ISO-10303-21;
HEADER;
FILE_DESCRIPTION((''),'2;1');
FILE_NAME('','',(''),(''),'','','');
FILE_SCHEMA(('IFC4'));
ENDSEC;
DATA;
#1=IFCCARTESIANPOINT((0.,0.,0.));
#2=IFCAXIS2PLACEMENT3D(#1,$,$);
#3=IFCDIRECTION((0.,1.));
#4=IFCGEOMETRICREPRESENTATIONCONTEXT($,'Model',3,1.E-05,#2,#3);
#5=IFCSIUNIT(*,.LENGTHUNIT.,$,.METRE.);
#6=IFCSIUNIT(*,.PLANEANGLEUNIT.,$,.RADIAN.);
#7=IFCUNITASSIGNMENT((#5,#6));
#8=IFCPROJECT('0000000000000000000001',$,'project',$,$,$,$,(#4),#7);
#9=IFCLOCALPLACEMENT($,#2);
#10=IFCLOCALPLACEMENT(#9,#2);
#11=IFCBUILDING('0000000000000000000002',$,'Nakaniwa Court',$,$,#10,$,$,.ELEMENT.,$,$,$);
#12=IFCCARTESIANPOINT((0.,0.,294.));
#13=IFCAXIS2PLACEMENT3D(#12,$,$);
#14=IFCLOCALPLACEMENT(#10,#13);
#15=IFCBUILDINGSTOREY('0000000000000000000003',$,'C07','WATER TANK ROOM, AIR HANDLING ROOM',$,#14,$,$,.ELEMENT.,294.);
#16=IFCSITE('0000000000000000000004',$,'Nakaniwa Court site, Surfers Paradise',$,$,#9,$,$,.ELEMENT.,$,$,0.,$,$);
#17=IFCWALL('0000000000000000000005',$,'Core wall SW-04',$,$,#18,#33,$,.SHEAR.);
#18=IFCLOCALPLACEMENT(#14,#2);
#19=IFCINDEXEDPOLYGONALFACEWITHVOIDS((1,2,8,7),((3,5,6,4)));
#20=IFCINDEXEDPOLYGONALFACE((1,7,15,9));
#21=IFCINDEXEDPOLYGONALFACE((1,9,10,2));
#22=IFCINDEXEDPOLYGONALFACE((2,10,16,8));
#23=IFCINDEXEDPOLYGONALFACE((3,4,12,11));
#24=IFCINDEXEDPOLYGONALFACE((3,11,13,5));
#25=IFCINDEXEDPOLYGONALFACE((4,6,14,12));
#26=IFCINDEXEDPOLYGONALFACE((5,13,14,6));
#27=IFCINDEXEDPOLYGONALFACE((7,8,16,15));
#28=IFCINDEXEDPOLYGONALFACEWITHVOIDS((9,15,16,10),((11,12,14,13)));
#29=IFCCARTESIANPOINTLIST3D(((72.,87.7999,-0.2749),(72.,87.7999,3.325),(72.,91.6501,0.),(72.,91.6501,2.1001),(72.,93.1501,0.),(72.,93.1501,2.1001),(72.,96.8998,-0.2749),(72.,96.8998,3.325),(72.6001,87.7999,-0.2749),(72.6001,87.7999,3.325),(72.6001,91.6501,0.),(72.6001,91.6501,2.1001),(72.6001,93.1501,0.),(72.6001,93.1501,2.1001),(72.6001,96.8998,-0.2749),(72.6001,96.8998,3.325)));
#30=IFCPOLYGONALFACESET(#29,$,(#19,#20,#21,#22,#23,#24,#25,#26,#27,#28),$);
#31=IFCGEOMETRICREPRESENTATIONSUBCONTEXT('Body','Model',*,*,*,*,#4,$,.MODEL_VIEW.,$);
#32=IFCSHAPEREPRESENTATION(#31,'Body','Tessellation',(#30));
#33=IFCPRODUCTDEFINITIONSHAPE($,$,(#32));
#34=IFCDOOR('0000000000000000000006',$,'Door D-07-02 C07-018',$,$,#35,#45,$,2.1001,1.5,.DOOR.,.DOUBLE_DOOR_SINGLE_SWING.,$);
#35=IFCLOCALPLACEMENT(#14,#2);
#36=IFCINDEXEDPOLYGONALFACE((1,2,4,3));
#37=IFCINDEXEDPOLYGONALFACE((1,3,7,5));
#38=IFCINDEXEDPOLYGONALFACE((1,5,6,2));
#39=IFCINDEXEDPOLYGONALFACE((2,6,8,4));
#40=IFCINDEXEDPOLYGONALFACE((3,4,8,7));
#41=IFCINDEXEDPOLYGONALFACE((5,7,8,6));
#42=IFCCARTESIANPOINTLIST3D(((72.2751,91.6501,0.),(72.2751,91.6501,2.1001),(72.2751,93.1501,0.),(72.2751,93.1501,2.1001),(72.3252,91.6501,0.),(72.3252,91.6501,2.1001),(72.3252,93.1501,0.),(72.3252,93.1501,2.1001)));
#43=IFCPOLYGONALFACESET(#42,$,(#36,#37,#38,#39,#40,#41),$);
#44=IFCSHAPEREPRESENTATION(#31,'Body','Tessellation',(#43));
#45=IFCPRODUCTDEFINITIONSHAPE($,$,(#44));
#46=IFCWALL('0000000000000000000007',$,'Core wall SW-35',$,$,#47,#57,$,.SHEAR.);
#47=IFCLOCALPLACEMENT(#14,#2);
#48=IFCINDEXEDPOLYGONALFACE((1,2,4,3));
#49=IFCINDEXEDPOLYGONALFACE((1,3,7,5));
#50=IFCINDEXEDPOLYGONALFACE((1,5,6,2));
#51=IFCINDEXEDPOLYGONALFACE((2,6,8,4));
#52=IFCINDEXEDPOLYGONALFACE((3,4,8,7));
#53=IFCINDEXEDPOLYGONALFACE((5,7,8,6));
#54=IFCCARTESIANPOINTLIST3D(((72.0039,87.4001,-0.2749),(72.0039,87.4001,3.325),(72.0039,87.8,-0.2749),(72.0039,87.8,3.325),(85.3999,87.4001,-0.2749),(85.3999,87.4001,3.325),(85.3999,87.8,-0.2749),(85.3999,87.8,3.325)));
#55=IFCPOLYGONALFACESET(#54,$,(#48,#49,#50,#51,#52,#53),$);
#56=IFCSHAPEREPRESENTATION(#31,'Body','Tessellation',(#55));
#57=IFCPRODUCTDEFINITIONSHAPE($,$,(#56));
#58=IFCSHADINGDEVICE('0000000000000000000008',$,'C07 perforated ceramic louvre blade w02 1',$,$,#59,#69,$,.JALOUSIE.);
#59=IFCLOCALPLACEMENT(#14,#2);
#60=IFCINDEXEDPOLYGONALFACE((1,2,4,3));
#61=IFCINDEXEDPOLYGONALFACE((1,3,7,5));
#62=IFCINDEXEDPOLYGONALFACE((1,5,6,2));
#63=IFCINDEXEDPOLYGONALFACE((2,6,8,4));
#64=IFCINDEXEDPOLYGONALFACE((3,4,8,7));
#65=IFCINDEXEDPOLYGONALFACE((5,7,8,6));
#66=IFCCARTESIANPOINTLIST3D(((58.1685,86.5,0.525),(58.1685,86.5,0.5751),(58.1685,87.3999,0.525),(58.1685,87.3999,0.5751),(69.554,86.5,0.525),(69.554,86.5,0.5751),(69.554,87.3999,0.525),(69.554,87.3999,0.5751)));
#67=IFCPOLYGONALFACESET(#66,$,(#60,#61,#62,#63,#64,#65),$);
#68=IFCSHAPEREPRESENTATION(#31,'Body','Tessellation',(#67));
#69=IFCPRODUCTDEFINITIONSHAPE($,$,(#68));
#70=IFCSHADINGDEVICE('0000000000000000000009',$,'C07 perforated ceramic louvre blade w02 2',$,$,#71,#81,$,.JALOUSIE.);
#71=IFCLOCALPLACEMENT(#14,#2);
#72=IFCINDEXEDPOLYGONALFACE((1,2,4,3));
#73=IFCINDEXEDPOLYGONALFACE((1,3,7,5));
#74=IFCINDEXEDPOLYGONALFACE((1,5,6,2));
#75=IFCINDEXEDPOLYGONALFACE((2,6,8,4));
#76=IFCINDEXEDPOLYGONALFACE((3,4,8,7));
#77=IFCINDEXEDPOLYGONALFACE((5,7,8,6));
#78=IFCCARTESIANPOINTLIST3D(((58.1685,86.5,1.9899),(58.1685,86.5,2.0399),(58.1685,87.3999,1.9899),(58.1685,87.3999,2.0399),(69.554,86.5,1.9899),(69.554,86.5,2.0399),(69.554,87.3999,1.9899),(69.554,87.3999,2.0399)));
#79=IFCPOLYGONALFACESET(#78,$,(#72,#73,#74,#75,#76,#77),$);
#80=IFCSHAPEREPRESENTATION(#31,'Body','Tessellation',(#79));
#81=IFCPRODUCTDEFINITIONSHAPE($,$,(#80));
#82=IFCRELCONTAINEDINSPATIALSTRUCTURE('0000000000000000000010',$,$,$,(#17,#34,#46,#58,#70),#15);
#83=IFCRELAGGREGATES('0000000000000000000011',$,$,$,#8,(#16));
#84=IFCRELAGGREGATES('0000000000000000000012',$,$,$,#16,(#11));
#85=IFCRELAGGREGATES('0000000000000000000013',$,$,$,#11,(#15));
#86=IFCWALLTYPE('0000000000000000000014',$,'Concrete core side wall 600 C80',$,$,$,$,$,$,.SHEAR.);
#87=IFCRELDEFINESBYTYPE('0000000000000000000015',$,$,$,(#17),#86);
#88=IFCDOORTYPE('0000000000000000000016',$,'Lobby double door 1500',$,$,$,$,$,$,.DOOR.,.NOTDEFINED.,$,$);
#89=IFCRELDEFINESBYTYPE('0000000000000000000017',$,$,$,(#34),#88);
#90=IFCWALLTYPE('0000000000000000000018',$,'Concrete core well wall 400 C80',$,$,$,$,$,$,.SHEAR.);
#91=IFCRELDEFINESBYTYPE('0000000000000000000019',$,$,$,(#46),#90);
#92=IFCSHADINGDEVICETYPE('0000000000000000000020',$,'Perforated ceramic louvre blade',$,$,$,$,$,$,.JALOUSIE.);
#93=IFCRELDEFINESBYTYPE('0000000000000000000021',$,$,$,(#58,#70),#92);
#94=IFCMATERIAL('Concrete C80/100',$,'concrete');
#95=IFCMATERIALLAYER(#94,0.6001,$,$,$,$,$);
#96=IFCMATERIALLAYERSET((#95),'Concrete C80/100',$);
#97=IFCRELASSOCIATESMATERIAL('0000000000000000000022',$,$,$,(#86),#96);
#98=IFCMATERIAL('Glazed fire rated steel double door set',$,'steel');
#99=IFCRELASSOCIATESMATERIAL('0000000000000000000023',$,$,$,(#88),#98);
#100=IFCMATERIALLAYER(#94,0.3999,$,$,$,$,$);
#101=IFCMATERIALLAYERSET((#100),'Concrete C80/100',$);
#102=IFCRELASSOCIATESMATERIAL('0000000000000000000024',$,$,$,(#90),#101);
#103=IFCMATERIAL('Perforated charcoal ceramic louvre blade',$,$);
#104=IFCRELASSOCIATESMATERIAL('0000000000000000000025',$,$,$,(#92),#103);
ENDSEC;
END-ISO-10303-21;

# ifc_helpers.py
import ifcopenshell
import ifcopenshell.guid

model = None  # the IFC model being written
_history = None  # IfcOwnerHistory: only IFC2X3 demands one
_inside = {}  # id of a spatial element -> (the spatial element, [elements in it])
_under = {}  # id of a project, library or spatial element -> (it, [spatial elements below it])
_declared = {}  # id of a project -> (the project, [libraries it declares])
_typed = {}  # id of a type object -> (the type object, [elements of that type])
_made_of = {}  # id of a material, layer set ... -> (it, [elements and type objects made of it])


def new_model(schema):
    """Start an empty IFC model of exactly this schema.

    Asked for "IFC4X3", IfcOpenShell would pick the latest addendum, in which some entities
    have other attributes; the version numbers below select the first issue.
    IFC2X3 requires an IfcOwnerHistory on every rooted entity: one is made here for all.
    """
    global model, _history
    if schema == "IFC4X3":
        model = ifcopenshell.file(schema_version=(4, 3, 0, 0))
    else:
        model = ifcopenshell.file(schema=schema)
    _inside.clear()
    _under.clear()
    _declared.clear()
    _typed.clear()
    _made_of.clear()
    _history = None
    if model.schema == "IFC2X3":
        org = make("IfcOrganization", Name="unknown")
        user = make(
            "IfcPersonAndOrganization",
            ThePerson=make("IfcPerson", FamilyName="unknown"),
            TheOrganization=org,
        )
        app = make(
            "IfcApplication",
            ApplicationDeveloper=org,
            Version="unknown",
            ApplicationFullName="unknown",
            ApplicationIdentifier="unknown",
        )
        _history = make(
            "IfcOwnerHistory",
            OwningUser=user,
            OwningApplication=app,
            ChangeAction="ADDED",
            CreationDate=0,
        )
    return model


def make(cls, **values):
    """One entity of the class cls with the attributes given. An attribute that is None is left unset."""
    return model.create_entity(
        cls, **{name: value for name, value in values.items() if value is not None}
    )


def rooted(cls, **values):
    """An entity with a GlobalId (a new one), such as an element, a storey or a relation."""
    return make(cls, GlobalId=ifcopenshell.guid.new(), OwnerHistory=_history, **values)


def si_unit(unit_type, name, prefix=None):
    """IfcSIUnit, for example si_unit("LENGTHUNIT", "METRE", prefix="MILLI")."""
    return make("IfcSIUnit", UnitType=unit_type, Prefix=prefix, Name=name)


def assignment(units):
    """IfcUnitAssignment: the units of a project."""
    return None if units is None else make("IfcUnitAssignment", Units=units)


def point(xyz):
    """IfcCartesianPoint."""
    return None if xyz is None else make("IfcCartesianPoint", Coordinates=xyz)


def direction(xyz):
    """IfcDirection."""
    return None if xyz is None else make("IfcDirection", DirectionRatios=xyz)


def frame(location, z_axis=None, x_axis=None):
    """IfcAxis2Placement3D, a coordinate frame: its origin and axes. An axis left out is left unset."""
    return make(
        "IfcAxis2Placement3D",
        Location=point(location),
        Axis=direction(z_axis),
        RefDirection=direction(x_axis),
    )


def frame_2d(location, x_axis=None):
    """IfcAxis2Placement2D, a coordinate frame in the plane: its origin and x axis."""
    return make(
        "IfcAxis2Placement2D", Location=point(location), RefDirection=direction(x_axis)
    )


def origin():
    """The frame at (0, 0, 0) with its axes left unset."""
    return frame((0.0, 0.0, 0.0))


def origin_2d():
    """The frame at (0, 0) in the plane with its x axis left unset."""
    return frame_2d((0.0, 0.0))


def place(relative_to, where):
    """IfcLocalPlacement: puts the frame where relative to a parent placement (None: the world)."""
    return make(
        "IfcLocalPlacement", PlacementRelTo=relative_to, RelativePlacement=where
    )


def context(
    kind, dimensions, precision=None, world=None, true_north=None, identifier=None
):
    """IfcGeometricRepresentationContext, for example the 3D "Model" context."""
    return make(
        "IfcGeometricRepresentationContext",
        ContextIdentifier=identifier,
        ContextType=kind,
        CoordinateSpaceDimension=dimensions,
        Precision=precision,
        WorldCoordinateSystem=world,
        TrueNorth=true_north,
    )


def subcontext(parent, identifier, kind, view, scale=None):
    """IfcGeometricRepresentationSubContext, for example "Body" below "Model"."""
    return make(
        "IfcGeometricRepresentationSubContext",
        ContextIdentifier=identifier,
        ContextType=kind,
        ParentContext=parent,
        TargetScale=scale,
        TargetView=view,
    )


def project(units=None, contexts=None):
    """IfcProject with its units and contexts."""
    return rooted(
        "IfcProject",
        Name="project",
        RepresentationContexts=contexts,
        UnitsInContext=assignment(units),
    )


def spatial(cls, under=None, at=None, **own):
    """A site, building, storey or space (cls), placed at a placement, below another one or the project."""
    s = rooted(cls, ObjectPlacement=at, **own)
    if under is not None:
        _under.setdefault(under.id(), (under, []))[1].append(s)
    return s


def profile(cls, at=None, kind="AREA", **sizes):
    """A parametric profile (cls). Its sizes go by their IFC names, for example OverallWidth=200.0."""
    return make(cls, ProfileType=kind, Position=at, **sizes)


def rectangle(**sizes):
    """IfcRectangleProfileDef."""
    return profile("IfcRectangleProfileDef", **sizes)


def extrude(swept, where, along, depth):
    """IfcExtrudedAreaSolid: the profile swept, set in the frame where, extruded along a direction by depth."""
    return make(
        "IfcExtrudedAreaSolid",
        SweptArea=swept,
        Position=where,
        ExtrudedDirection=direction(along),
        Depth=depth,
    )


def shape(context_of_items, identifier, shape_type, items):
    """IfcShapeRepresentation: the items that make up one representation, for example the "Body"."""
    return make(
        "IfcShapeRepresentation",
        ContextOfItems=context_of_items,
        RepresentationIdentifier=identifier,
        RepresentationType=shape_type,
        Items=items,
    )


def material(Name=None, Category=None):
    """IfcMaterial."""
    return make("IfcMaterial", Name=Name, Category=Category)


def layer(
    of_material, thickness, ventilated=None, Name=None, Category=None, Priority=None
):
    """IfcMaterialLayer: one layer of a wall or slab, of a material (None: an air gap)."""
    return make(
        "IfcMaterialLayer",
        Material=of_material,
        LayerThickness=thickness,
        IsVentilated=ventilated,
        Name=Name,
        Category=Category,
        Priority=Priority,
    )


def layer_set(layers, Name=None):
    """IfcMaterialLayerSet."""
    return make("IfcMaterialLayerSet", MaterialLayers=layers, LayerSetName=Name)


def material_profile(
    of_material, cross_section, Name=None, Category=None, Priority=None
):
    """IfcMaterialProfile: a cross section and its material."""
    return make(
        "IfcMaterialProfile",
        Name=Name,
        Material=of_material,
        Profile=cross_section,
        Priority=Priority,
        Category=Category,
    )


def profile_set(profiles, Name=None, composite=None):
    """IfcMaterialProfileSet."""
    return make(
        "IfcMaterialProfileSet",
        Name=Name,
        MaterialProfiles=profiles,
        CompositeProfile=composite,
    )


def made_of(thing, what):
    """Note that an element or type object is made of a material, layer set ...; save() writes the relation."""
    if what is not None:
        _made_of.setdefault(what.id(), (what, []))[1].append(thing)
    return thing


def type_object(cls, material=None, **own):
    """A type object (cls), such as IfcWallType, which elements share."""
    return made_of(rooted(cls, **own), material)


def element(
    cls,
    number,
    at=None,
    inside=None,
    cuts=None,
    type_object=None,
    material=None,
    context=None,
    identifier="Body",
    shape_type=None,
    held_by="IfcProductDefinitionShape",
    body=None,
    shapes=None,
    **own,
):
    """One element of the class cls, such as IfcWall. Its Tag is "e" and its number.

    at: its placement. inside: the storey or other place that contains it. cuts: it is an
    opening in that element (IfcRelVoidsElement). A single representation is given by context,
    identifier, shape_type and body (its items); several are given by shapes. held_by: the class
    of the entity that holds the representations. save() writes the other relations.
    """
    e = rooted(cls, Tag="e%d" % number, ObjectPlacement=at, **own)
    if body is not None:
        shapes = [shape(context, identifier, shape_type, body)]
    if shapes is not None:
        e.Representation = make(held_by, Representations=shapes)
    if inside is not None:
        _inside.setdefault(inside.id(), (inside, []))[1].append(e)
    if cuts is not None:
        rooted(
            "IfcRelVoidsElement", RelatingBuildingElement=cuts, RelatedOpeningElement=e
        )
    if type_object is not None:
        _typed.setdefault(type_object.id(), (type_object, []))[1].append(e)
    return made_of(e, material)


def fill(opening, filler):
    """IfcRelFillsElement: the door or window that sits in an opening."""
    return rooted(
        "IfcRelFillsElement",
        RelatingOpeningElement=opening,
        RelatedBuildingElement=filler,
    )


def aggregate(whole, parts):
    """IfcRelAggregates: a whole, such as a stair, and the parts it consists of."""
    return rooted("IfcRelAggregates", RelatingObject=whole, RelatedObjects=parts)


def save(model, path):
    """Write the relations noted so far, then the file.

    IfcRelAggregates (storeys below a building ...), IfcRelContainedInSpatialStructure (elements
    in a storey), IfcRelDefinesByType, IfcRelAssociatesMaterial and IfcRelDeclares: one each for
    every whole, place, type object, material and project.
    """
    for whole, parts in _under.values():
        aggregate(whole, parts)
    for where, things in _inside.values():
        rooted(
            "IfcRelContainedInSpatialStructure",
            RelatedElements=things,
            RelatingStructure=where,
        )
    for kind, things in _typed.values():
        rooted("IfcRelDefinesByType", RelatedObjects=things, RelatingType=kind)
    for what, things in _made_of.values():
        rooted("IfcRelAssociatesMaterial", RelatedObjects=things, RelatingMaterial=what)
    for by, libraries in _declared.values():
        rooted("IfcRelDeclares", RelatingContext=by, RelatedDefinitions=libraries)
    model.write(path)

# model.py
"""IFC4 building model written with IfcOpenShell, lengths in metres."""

from ifc_helpers import new_model, si_unit, direction, frame, frame_2d, origin, origin_2d, place, context, subcontext, project, spatial, rectangle, extrude, material, layer, layer_set, material_profile, profile_set, type_object, element, fill, save


model = new_model("IFC4")

# Units and contexts
model_context = context("Model", 3, precision=1e-05, world=origin(), true_north=direction((0.0, 1.0)))
body_context = subcontext(model_context, "Body", "Model", "MODEL_VIEW")
ifc_project = project(units=[si_unit("LENGTHUNIT", "METRE"), si_unit("PLANEANGLEUNIT", "RADIAN")], contexts=[model_context])

# Site, building, storey
site_placement = place(None, origin())
site = spatial("IfcSite", under=ifc_project, at=site_placement, Name="Nakaniwa Court site, Surfers Paradise", CompositionType="ELEMENT", RefElevation=0.0)
building_placement = place(site_placement, origin())
building = spatial("IfcBuilding", under=site, at=building_placement, Name="Nakaniwa Court", CompositionType="ELEMENT")
storey_placement = place(building_placement, frame((0.0, 0.0, 294.0)))
storey = spatial("IfcBuildingStorey", under=building, at=storey_placement, Name="C07", Description="WATER TANK ROOM, AIR HANDLING ROOM", CompositionType="ELEMENT", Elevation=294.0)

# Shared definitions
ifc_material_1 = material(Name="Concrete C80/100", Category="concrete")

# Wall, opening, door
ifc_layer_1 = layer(ifc_material_1, 0.6001)
ifc_layer_set_1 = layer_set([ifc_layer_1], Name="Concrete C80/100")
wall_type_1 = type_object("IfcWallType", Name="Concrete core side wall 600 C80", PredefinedType="SHEAR", material=ifc_layer_set_1)
wall_1_placement = place(storey_placement, frame((72.3, 87.8, -0.2749), z_axis=(0.0, 0.0, 1.0), x_axis=(0.0, 1.0, 0.0)))
wall_1 = element("IfcWall", 1, at=wall_1_placement, inside=storey, type_object=wall_type_1, Name="Core wall SW-04", PredefinedType="SHEAR", context=body_context, shape_type="SweptSolid", body=[
    extrude(rectangle(XDim=9.0999, YDim=0.6001, at=frame_2d((4.5498, 0.0))), origin(), (0.0, 0.0, 1.0), 3.5999),
])
opening_1_placement = place(wall_1_placement, frame((3.8501, 0.0, 0.2749)))
opening_1 = element("IfcOpeningElement", 2, at=opening_1_placement, cuts=wall_1, PredefinedType="OPENING", context=body_context, shape_type="SweptSolid", body=[
    extrude(rectangle(XDim=1.5, YDim=2.1001, at=frame_2d((0.75, 1.05))), frame((0.0, 0.3101, 0.0), z_axis=(0.0, -1.0, 0.0), x_axis=(1.0, 0.0, 0.0)), (0.0, 0.0, 1.0), 0.6201),
])
ifc_material_2 = material(Name="Glazed fire rated steel double door set", Category="steel")
door_type_1 = type_object("IfcDoorType", Name="Lobby double door 1500", OperationType="NOTDEFINED", PredefinedType="DOOR", material=ifc_material_2)
door_1_placement = place(opening_1_placement, origin())
door_1 = element("IfcDoor", 3, at=door_1_placement, inside=storey, type_object=door_type_1, Name="Door D-07-02 C07-018", OperationType="DOUBLE_DOOR_SINGLE_SWING", OverallHeight=2.1001, OverallWidth=1.5, PredefinedType="DOOR", context=body_context, shape_type="SweptSolid", body=[
    extrude(rectangle(XDim=1.5, YDim=2.1001, at=frame_2d((0.75, 1.05))), frame((0.0, 0.0249, 0.0), z_axis=(0.0, -1.0, 0.0), x_axis=(1.0, 0.0, 0.0)), (0.0, 0.0, 1.0), 0.05),
])
fill(opening_1, door_1)

# Wall
ifc_layer_2 = layer(ifc_material_1, 0.3999)
ifc_layer_set_2 = layer_set([ifc_layer_2], Name="Concrete C80/100")
wall_type_2 = type_object("IfcWallType", Name="Concrete core well wall 400 C80", PredefinedType="SHEAR", material=ifc_layer_set_2)
wall_2_placement = place(storey_placement, frame((72.0039, 87.6001, -0.2749), z_axis=(0.0, 0.0, 1.0), x_axis=(1.0, 0.0, 0.0)))
element("IfcWall", 4, at=wall_2_placement, inside=storey, type_object=wall_type_2, Name="Core wall SW-35", PredefinedType="SHEAR", context=body_context, shape_type="SweptSolid", body=[
    extrude(rectangle(XDim=13.396, YDim=0.3999, at=frame_2d((6.698, 0.0))), origin(), (0.0, 0.0, 1.0), 3.5999),
])

# Shading devices
ifc_material_3 = material(Name="Perforated charcoal ceramic louvre blade")
ifc_material_profile_1 = material_profile(ifc_material_3, rectangle(XDim=0.8999, YDim=0.05, at=origin_2d()), Name="Perforated ceramic louvre blade")
ifc_profile_set_1 = profile_set([ifc_material_profile_1], Name="Perforated charcoal ceramic louvre blade")
shading_device_type = type_object("IfcShadingDeviceType", Name="Perforated ceramic louvre blade", PredefinedType="JALOUSIE", material=ifc_profile_set_1)
for number, where, z_axis, x_axis, name in (
    (5, (58.1685, 86.95, 0.55), (1.0, 0.0, 0.0), (0.0, 1.0, 0.0), "C07 perforated ceramic louvre blade w02 1"),
    (6, (58.1685, 86.95, 2.0149), (1.0, 0.0, 0.0), (0.0, 1.0, 0.0), "C07 perforated ceramic louvre blade w02 2"),
):
    element("IfcShadingDevice", number, at=place(storey_placement, frame(where, z_axis=z_axis, x_axis=x_axis)), inside=storey, type_object=shading_device_type, Name=name, PredefinedType="JALOUSIE", context=body_context, shape_type="SweptSolid", body=[
        extrude(rectangle(XDim=0.8999, YDim=0.05, at=origin_2d()), origin(), (0.0, 0.0, 1.0), 11.3855),
    ])

save(model, "model.ifc")
